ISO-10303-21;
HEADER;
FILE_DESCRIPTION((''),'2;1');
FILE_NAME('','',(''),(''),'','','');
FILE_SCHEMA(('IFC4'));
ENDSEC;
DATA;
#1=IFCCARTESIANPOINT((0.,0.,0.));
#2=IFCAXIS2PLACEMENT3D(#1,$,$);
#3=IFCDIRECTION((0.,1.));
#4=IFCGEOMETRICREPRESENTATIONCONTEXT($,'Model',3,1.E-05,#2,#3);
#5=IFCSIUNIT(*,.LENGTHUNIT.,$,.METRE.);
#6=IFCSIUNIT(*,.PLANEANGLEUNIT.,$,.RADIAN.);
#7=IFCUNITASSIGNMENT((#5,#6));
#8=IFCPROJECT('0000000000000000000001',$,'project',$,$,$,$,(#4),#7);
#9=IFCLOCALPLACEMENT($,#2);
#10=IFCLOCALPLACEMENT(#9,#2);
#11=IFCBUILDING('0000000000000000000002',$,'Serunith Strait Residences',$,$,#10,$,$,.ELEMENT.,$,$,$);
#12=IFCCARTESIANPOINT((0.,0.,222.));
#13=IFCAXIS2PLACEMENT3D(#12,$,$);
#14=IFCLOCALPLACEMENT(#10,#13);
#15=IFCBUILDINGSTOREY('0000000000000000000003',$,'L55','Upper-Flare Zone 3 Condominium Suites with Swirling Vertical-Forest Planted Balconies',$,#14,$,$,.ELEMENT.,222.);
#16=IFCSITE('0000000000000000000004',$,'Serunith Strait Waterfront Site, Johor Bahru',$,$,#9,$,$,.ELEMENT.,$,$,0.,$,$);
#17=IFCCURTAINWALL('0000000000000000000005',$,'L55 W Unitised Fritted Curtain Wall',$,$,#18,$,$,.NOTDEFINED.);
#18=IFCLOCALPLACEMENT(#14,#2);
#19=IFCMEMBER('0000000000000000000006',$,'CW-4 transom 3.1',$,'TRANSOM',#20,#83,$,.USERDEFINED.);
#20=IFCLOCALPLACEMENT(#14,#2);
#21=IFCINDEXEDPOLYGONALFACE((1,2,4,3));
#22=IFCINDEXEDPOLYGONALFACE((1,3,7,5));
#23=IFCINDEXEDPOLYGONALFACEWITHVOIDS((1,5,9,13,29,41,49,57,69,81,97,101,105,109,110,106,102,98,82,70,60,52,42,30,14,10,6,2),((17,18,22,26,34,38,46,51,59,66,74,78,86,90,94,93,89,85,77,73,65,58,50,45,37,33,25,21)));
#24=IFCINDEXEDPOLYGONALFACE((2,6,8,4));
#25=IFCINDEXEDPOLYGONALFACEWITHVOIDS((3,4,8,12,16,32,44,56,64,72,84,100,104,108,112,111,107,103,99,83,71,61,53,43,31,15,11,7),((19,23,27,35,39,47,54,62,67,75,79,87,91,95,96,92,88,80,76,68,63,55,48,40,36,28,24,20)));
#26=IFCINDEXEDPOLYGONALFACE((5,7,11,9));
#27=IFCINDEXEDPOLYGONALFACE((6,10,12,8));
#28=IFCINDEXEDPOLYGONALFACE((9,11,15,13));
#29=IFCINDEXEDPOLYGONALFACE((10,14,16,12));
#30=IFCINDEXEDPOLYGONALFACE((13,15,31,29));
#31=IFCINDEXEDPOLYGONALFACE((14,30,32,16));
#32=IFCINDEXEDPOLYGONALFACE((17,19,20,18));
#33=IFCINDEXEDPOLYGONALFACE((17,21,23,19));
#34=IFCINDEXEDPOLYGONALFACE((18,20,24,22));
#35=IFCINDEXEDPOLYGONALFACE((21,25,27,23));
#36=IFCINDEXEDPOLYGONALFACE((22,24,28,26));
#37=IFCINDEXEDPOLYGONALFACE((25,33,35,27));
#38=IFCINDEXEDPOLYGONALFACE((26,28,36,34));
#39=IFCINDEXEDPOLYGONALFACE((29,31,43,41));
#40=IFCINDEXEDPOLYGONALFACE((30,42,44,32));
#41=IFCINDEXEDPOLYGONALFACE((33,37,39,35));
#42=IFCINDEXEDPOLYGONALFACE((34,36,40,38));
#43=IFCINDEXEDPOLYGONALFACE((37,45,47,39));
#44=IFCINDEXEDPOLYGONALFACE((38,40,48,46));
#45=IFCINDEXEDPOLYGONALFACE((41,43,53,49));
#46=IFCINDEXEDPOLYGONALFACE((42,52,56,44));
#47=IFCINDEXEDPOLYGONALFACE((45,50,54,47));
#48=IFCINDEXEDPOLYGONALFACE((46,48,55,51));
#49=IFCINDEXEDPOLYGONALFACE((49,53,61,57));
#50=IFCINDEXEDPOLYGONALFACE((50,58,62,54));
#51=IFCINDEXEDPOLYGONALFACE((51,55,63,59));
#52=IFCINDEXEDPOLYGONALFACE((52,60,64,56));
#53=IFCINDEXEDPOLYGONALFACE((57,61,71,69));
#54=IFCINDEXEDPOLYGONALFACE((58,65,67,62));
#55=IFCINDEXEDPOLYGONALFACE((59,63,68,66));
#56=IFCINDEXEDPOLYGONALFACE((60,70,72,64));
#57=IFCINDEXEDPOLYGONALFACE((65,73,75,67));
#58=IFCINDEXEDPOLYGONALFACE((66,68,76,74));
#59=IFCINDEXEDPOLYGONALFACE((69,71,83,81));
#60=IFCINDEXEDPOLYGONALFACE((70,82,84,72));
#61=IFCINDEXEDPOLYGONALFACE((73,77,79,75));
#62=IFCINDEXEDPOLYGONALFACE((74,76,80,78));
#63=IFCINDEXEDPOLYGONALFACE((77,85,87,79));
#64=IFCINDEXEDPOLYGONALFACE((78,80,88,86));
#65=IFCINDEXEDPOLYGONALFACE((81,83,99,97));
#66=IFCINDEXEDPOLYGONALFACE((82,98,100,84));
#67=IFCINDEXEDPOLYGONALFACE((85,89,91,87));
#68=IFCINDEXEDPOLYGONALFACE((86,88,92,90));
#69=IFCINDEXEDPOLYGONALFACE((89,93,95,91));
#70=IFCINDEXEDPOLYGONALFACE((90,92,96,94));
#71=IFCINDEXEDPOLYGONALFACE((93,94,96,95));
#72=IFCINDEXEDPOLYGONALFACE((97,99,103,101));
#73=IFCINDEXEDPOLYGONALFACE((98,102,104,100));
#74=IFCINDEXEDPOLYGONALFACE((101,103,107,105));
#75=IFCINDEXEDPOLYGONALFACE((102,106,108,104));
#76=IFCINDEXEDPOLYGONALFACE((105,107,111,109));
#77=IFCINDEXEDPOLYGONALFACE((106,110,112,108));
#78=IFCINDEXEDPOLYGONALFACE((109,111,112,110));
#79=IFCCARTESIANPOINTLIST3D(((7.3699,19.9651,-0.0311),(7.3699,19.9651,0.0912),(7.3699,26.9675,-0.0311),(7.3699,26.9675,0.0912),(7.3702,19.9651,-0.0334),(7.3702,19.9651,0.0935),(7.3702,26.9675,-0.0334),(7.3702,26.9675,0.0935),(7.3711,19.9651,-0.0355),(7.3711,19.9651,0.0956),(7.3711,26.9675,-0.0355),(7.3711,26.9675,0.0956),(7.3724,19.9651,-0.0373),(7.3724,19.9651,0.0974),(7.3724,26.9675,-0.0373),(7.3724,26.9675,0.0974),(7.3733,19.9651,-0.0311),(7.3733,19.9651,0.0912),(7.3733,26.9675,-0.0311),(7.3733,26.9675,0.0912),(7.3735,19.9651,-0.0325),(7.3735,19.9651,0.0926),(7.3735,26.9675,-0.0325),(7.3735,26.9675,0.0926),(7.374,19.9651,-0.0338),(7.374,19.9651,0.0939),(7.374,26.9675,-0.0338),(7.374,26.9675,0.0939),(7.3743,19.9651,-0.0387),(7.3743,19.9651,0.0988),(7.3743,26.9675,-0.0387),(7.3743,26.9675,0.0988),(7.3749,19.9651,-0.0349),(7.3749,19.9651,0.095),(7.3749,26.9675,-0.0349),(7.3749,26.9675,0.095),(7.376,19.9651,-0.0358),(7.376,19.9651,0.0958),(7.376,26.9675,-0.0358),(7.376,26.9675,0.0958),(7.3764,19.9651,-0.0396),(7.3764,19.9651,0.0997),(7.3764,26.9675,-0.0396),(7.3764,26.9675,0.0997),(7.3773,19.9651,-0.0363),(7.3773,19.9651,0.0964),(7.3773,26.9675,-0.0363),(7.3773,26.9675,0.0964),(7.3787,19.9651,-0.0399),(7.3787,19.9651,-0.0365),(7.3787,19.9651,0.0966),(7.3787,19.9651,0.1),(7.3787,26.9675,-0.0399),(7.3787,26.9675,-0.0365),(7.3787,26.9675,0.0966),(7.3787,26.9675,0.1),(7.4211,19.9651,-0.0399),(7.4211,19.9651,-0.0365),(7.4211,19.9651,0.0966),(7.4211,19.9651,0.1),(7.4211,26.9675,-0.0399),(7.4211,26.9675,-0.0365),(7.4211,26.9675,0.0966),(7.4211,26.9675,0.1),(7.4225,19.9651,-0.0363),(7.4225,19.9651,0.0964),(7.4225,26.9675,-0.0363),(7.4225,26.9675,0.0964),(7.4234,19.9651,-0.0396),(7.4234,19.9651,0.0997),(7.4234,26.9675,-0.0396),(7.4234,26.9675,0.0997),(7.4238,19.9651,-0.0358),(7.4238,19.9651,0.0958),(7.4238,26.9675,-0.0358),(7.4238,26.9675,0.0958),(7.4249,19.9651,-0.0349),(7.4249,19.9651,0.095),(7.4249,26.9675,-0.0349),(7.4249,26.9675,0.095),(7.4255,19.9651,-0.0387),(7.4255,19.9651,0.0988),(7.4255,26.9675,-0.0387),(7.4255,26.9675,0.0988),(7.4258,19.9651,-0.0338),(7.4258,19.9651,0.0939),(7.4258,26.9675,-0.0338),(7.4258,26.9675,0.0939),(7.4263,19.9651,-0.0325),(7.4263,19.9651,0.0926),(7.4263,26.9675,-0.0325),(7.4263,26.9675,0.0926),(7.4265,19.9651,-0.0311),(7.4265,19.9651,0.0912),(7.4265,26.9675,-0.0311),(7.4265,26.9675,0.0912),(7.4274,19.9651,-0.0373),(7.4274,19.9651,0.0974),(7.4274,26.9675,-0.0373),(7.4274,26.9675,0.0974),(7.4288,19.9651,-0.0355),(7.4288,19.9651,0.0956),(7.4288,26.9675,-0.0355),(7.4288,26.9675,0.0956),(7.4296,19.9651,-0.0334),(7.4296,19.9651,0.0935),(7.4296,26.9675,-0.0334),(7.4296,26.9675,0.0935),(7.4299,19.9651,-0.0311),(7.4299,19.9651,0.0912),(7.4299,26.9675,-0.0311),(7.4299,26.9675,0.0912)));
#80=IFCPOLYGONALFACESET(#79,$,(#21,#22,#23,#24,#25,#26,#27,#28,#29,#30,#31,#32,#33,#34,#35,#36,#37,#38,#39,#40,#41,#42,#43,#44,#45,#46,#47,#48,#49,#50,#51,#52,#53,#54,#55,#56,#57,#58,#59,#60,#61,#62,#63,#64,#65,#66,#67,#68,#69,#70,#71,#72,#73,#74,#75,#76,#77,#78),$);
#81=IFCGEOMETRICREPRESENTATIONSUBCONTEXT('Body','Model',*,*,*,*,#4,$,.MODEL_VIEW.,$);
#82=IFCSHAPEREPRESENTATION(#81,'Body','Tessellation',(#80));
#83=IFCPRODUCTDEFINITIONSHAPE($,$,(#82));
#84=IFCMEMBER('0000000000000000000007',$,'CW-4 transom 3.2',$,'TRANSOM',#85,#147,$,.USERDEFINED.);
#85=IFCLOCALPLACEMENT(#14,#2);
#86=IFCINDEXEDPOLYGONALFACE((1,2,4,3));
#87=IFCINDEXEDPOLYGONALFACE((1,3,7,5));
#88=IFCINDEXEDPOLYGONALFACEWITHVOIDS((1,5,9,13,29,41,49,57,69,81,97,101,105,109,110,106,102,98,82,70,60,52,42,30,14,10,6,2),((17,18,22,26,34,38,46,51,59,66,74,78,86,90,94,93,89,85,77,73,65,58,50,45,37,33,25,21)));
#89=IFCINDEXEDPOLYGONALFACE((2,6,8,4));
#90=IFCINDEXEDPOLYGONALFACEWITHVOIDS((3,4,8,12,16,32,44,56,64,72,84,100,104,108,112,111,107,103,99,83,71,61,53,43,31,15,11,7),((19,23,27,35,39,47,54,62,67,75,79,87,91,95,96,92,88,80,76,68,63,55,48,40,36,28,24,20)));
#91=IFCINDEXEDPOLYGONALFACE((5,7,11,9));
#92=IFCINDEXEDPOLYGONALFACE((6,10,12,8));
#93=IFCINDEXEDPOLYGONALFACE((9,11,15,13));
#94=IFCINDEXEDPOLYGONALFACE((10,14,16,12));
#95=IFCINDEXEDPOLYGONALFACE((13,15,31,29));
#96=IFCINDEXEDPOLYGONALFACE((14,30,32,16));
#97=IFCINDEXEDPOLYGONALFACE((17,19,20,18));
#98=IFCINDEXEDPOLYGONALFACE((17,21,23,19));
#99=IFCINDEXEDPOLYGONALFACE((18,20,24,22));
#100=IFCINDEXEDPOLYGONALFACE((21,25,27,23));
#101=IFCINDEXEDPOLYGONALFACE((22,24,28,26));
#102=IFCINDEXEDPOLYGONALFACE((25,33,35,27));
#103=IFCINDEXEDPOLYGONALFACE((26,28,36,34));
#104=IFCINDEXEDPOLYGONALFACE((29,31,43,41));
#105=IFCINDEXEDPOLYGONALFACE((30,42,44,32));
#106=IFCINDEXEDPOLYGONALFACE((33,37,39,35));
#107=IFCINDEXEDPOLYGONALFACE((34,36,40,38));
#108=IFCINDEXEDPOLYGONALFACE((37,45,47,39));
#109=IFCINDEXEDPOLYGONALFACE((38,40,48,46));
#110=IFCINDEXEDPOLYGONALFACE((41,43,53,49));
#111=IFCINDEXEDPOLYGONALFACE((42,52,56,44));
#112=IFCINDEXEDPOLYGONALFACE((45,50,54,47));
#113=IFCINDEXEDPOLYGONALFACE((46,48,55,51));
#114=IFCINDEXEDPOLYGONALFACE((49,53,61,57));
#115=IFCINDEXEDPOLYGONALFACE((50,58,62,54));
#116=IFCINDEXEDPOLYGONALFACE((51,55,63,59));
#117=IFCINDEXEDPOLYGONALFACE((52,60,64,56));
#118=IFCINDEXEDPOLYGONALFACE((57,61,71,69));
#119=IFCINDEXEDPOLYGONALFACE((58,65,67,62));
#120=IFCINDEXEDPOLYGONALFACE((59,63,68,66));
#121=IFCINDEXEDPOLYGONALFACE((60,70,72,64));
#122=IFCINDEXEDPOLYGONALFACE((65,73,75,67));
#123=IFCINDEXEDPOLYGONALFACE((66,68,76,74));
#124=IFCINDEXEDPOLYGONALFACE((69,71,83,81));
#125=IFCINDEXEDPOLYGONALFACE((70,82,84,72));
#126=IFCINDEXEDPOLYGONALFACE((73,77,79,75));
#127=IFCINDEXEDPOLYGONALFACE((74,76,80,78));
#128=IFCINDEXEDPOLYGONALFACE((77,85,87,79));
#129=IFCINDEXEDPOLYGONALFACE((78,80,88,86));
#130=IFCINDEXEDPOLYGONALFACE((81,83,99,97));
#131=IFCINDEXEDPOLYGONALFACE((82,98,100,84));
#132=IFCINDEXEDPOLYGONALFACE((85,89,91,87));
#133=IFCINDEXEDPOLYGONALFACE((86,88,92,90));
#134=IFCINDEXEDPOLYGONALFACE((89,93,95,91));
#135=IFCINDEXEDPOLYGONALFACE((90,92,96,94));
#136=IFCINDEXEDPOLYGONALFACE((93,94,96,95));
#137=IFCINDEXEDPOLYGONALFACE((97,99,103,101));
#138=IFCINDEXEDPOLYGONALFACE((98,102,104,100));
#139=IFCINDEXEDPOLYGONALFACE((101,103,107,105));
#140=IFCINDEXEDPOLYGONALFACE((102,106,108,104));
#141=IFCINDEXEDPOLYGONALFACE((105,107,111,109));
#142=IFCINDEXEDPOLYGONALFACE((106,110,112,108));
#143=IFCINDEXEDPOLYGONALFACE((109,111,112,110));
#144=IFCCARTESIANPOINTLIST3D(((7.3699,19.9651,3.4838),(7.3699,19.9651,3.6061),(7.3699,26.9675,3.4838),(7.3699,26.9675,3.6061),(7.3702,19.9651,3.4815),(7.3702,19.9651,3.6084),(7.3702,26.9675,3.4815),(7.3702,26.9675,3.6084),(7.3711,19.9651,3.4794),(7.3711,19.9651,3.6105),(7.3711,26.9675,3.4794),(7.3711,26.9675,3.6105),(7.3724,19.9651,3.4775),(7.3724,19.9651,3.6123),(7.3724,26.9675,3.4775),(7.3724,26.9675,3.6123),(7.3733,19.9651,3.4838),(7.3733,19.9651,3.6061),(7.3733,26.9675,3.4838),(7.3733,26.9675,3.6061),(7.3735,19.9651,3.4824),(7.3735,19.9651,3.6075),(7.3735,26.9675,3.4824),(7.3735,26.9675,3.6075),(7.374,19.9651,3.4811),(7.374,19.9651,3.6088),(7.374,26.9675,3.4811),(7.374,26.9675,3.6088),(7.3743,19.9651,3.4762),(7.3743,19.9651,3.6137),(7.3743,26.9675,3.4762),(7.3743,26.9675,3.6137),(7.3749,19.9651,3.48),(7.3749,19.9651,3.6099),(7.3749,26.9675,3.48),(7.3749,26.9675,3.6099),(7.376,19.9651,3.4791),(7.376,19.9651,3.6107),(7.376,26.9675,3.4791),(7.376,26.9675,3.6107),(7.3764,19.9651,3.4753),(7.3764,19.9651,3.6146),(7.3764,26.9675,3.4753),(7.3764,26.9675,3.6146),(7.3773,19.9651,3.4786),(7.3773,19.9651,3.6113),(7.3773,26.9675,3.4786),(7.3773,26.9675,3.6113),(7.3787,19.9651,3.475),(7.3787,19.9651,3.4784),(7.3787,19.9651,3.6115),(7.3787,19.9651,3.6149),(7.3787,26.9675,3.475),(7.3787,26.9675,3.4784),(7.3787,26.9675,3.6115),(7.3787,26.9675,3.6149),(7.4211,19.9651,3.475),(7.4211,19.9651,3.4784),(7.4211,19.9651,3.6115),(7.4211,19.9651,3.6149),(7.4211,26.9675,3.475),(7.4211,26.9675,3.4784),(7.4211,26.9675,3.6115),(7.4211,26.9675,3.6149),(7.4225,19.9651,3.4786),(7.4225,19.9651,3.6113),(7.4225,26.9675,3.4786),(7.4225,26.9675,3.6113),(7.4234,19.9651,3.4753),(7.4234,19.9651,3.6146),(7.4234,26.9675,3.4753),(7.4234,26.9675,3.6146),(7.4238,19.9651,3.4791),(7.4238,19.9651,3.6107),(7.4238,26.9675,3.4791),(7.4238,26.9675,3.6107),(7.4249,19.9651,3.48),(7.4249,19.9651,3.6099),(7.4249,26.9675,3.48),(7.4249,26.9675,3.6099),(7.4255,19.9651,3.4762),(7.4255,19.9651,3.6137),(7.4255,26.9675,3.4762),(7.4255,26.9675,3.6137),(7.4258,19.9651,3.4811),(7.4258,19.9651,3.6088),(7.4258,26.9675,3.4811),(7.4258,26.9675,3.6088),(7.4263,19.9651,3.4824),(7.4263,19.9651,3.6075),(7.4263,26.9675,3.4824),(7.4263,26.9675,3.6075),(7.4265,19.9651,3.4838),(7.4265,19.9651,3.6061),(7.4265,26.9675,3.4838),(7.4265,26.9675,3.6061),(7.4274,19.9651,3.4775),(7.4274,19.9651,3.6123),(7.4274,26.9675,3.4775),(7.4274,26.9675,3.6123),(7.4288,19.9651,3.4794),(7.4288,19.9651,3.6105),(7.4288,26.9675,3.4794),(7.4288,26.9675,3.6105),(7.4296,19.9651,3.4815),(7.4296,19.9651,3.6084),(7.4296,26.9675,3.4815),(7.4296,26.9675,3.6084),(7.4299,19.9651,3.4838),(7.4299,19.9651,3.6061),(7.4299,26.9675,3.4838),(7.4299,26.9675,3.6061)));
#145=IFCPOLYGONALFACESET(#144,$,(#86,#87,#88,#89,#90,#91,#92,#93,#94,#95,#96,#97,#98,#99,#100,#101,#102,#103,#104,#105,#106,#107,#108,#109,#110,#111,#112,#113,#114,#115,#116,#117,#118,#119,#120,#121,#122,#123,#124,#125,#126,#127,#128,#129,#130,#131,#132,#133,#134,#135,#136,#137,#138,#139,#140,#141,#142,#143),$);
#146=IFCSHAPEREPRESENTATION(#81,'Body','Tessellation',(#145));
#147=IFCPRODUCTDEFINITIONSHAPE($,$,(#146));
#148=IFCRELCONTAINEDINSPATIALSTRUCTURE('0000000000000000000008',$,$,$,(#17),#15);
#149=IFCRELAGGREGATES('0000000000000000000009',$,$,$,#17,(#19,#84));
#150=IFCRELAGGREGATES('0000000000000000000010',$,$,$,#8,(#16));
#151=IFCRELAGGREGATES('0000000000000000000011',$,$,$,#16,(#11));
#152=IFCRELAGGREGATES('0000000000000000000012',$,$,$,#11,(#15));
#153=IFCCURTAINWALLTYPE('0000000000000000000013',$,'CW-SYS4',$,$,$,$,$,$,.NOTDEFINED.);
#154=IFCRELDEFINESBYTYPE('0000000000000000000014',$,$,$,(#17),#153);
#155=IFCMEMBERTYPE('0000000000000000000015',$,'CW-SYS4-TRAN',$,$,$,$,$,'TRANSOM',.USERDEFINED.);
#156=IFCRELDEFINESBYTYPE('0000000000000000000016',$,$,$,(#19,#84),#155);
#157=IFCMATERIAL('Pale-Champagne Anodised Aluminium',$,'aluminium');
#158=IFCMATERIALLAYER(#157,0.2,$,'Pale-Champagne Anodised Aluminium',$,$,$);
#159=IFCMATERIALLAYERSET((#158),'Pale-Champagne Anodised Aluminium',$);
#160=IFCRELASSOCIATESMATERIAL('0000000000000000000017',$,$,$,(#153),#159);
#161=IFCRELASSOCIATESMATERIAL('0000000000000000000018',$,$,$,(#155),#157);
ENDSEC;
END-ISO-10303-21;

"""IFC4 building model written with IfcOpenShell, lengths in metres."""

from ifc_helpers import new_model, si_unit, direction, frame, origin, origin_2d, place, context, subcontext, project, spatial, hollow_rectangle, extrude, source, transform, mapped, material, layer, layer_set, material_profile, profile_set, type_object, element, aggregate, save


model = new_model("IFC4")

# Units and contexts
model_context = context("Model", 3, precision=1e-05, world=origin(), true_north=direction((0.0, 1.0)))
body_context = subcontext(model_context, "Body", "Model", "MODEL_VIEW")
ifc_project = project(units=[si_unit("LENGTHUNIT", "METRE"), si_unit("PLANEANGLEUNIT", "RADIAN")], contexts=[model_context])

# Site, building, storey
site_placement = place(None, origin())
site = spatial("IfcSite", under=ifc_project, at=site_placement, Name="Serunith Strait Waterfront Site, Johor Bahru", CompositionType="ELEMENT", RefElevation=0.0)
building_placement = place(site_placement, origin())
building = spatial("IfcBuilding", under=site, at=building_placement, Name="Serunith Strait Residences", CompositionType="ELEMENT")
storey_placement = place(building_placement, frame((0.0, 0.0, 222.0)))
storey = spatial("IfcBuildingStorey", under=building, at=storey_placement, Name="L55", Description="Upper-Flare Zone 3 Condominium Suites with Swirling Vertical-Forest Planted Balconies", CompositionType="ELEMENT", Elevation=222.0)

# Curtain wall, members
ifc_material_1 = material(Name="Pale-Champagne Anodised Aluminium", Category="aluminium")
ifc_layer_1 = layer(ifc_material_1, 0.2, Name="Pale-Champagne Anodised Aluminium")
ifc_layer_set_1 = layer_set([ifc_layer_1], Name="Pale-Champagne Anodised Aluminium")
curtain_wall_type = type_object("IfcCurtainWallType", Name="CW-SYS4", PredefinedType="NOTDEFINED", material=ifc_layer_set_1)
curtain_wall_placement = place(storey_placement, origin())
curtain_wall = element("IfcCurtainWall", 1, at=curtain_wall_placement, inside=storey, type_object=curtain_wall_type, Name="L55 W Unitised Fritted Curtain Wall", PredefinedType="NOTDEFINED")
ifc_material_profile_1 = material_profile(ifc_material_1, hollow_rectangle(XDim=0.0601, YDim=0.1399, WallThickness=0.0034, InnerFilletRadius=0.0054, OuterFilletRadius=0.0088, at=origin_2d()), Name="ALU 140x60x3.5")
ifc_profile_set_1 = profile_set([ifc_material_profile_1], Name="Pale-Champagne Anodised Aluminium")
member_type_1 = type_object("IfcMemberType", Name="CW-SYS4-TRAN", ElementType="TRANSOM", PredefinedType="USERDEFINED", material=ifc_profile_set_1)
shared_shape_1 = source(origin(), body_context, "Body", "SweptSolid", [
    extrude(hollow_rectangle(XDim=0.0601, YDim=0.1399, WallThickness=0.0034, InnerFilletRadius=0.0054, OuterFilletRadius=0.0088, at=origin_2d()), origin(), (0.0, 0.0, 1.0), 7.0024),
])
member_1_placement = place(storey_placement, frame((7.3999, 26.9675, 0.03), z_axis=(0.0, -1.0, 0.0), x_axis=(1.0, 0.0, 0.0)))
member_1 = element("IfcMember", 2, at=member_1_placement, type_object=member_type_1, Name="CW-4 transom 3.1", ObjectType="TRANSOM", PredefinedType="USERDEFINED", context=body_context, shape_type="MappedRepresentation", body=[
    mapped(shared_shape_1, transform((0.0, 0.0, 0.0), scale=1.0)),
])
member_2_placement = place(storey_placement, frame((7.3999, 26.9675, 3.5449), z_axis=(0.0, -1.0, 0.0), x_axis=(1.0, 0.0, 0.0)))
member_2 = element("IfcMember", 3, at=member_2_placement, type_object=member_type_1, Name="CW-4 transom 3.2", ObjectType="TRANSOM", PredefinedType="USERDEFINED", context=body_context, shape_type="MappedRepresentation", body=[
    mapped(shared_shape_1, transform((0.0, 0.0, 0.0), scale=1.0)),
])
aggregate(curtain_wall, [member_1, member_2])

save(model, "model.ifc")
